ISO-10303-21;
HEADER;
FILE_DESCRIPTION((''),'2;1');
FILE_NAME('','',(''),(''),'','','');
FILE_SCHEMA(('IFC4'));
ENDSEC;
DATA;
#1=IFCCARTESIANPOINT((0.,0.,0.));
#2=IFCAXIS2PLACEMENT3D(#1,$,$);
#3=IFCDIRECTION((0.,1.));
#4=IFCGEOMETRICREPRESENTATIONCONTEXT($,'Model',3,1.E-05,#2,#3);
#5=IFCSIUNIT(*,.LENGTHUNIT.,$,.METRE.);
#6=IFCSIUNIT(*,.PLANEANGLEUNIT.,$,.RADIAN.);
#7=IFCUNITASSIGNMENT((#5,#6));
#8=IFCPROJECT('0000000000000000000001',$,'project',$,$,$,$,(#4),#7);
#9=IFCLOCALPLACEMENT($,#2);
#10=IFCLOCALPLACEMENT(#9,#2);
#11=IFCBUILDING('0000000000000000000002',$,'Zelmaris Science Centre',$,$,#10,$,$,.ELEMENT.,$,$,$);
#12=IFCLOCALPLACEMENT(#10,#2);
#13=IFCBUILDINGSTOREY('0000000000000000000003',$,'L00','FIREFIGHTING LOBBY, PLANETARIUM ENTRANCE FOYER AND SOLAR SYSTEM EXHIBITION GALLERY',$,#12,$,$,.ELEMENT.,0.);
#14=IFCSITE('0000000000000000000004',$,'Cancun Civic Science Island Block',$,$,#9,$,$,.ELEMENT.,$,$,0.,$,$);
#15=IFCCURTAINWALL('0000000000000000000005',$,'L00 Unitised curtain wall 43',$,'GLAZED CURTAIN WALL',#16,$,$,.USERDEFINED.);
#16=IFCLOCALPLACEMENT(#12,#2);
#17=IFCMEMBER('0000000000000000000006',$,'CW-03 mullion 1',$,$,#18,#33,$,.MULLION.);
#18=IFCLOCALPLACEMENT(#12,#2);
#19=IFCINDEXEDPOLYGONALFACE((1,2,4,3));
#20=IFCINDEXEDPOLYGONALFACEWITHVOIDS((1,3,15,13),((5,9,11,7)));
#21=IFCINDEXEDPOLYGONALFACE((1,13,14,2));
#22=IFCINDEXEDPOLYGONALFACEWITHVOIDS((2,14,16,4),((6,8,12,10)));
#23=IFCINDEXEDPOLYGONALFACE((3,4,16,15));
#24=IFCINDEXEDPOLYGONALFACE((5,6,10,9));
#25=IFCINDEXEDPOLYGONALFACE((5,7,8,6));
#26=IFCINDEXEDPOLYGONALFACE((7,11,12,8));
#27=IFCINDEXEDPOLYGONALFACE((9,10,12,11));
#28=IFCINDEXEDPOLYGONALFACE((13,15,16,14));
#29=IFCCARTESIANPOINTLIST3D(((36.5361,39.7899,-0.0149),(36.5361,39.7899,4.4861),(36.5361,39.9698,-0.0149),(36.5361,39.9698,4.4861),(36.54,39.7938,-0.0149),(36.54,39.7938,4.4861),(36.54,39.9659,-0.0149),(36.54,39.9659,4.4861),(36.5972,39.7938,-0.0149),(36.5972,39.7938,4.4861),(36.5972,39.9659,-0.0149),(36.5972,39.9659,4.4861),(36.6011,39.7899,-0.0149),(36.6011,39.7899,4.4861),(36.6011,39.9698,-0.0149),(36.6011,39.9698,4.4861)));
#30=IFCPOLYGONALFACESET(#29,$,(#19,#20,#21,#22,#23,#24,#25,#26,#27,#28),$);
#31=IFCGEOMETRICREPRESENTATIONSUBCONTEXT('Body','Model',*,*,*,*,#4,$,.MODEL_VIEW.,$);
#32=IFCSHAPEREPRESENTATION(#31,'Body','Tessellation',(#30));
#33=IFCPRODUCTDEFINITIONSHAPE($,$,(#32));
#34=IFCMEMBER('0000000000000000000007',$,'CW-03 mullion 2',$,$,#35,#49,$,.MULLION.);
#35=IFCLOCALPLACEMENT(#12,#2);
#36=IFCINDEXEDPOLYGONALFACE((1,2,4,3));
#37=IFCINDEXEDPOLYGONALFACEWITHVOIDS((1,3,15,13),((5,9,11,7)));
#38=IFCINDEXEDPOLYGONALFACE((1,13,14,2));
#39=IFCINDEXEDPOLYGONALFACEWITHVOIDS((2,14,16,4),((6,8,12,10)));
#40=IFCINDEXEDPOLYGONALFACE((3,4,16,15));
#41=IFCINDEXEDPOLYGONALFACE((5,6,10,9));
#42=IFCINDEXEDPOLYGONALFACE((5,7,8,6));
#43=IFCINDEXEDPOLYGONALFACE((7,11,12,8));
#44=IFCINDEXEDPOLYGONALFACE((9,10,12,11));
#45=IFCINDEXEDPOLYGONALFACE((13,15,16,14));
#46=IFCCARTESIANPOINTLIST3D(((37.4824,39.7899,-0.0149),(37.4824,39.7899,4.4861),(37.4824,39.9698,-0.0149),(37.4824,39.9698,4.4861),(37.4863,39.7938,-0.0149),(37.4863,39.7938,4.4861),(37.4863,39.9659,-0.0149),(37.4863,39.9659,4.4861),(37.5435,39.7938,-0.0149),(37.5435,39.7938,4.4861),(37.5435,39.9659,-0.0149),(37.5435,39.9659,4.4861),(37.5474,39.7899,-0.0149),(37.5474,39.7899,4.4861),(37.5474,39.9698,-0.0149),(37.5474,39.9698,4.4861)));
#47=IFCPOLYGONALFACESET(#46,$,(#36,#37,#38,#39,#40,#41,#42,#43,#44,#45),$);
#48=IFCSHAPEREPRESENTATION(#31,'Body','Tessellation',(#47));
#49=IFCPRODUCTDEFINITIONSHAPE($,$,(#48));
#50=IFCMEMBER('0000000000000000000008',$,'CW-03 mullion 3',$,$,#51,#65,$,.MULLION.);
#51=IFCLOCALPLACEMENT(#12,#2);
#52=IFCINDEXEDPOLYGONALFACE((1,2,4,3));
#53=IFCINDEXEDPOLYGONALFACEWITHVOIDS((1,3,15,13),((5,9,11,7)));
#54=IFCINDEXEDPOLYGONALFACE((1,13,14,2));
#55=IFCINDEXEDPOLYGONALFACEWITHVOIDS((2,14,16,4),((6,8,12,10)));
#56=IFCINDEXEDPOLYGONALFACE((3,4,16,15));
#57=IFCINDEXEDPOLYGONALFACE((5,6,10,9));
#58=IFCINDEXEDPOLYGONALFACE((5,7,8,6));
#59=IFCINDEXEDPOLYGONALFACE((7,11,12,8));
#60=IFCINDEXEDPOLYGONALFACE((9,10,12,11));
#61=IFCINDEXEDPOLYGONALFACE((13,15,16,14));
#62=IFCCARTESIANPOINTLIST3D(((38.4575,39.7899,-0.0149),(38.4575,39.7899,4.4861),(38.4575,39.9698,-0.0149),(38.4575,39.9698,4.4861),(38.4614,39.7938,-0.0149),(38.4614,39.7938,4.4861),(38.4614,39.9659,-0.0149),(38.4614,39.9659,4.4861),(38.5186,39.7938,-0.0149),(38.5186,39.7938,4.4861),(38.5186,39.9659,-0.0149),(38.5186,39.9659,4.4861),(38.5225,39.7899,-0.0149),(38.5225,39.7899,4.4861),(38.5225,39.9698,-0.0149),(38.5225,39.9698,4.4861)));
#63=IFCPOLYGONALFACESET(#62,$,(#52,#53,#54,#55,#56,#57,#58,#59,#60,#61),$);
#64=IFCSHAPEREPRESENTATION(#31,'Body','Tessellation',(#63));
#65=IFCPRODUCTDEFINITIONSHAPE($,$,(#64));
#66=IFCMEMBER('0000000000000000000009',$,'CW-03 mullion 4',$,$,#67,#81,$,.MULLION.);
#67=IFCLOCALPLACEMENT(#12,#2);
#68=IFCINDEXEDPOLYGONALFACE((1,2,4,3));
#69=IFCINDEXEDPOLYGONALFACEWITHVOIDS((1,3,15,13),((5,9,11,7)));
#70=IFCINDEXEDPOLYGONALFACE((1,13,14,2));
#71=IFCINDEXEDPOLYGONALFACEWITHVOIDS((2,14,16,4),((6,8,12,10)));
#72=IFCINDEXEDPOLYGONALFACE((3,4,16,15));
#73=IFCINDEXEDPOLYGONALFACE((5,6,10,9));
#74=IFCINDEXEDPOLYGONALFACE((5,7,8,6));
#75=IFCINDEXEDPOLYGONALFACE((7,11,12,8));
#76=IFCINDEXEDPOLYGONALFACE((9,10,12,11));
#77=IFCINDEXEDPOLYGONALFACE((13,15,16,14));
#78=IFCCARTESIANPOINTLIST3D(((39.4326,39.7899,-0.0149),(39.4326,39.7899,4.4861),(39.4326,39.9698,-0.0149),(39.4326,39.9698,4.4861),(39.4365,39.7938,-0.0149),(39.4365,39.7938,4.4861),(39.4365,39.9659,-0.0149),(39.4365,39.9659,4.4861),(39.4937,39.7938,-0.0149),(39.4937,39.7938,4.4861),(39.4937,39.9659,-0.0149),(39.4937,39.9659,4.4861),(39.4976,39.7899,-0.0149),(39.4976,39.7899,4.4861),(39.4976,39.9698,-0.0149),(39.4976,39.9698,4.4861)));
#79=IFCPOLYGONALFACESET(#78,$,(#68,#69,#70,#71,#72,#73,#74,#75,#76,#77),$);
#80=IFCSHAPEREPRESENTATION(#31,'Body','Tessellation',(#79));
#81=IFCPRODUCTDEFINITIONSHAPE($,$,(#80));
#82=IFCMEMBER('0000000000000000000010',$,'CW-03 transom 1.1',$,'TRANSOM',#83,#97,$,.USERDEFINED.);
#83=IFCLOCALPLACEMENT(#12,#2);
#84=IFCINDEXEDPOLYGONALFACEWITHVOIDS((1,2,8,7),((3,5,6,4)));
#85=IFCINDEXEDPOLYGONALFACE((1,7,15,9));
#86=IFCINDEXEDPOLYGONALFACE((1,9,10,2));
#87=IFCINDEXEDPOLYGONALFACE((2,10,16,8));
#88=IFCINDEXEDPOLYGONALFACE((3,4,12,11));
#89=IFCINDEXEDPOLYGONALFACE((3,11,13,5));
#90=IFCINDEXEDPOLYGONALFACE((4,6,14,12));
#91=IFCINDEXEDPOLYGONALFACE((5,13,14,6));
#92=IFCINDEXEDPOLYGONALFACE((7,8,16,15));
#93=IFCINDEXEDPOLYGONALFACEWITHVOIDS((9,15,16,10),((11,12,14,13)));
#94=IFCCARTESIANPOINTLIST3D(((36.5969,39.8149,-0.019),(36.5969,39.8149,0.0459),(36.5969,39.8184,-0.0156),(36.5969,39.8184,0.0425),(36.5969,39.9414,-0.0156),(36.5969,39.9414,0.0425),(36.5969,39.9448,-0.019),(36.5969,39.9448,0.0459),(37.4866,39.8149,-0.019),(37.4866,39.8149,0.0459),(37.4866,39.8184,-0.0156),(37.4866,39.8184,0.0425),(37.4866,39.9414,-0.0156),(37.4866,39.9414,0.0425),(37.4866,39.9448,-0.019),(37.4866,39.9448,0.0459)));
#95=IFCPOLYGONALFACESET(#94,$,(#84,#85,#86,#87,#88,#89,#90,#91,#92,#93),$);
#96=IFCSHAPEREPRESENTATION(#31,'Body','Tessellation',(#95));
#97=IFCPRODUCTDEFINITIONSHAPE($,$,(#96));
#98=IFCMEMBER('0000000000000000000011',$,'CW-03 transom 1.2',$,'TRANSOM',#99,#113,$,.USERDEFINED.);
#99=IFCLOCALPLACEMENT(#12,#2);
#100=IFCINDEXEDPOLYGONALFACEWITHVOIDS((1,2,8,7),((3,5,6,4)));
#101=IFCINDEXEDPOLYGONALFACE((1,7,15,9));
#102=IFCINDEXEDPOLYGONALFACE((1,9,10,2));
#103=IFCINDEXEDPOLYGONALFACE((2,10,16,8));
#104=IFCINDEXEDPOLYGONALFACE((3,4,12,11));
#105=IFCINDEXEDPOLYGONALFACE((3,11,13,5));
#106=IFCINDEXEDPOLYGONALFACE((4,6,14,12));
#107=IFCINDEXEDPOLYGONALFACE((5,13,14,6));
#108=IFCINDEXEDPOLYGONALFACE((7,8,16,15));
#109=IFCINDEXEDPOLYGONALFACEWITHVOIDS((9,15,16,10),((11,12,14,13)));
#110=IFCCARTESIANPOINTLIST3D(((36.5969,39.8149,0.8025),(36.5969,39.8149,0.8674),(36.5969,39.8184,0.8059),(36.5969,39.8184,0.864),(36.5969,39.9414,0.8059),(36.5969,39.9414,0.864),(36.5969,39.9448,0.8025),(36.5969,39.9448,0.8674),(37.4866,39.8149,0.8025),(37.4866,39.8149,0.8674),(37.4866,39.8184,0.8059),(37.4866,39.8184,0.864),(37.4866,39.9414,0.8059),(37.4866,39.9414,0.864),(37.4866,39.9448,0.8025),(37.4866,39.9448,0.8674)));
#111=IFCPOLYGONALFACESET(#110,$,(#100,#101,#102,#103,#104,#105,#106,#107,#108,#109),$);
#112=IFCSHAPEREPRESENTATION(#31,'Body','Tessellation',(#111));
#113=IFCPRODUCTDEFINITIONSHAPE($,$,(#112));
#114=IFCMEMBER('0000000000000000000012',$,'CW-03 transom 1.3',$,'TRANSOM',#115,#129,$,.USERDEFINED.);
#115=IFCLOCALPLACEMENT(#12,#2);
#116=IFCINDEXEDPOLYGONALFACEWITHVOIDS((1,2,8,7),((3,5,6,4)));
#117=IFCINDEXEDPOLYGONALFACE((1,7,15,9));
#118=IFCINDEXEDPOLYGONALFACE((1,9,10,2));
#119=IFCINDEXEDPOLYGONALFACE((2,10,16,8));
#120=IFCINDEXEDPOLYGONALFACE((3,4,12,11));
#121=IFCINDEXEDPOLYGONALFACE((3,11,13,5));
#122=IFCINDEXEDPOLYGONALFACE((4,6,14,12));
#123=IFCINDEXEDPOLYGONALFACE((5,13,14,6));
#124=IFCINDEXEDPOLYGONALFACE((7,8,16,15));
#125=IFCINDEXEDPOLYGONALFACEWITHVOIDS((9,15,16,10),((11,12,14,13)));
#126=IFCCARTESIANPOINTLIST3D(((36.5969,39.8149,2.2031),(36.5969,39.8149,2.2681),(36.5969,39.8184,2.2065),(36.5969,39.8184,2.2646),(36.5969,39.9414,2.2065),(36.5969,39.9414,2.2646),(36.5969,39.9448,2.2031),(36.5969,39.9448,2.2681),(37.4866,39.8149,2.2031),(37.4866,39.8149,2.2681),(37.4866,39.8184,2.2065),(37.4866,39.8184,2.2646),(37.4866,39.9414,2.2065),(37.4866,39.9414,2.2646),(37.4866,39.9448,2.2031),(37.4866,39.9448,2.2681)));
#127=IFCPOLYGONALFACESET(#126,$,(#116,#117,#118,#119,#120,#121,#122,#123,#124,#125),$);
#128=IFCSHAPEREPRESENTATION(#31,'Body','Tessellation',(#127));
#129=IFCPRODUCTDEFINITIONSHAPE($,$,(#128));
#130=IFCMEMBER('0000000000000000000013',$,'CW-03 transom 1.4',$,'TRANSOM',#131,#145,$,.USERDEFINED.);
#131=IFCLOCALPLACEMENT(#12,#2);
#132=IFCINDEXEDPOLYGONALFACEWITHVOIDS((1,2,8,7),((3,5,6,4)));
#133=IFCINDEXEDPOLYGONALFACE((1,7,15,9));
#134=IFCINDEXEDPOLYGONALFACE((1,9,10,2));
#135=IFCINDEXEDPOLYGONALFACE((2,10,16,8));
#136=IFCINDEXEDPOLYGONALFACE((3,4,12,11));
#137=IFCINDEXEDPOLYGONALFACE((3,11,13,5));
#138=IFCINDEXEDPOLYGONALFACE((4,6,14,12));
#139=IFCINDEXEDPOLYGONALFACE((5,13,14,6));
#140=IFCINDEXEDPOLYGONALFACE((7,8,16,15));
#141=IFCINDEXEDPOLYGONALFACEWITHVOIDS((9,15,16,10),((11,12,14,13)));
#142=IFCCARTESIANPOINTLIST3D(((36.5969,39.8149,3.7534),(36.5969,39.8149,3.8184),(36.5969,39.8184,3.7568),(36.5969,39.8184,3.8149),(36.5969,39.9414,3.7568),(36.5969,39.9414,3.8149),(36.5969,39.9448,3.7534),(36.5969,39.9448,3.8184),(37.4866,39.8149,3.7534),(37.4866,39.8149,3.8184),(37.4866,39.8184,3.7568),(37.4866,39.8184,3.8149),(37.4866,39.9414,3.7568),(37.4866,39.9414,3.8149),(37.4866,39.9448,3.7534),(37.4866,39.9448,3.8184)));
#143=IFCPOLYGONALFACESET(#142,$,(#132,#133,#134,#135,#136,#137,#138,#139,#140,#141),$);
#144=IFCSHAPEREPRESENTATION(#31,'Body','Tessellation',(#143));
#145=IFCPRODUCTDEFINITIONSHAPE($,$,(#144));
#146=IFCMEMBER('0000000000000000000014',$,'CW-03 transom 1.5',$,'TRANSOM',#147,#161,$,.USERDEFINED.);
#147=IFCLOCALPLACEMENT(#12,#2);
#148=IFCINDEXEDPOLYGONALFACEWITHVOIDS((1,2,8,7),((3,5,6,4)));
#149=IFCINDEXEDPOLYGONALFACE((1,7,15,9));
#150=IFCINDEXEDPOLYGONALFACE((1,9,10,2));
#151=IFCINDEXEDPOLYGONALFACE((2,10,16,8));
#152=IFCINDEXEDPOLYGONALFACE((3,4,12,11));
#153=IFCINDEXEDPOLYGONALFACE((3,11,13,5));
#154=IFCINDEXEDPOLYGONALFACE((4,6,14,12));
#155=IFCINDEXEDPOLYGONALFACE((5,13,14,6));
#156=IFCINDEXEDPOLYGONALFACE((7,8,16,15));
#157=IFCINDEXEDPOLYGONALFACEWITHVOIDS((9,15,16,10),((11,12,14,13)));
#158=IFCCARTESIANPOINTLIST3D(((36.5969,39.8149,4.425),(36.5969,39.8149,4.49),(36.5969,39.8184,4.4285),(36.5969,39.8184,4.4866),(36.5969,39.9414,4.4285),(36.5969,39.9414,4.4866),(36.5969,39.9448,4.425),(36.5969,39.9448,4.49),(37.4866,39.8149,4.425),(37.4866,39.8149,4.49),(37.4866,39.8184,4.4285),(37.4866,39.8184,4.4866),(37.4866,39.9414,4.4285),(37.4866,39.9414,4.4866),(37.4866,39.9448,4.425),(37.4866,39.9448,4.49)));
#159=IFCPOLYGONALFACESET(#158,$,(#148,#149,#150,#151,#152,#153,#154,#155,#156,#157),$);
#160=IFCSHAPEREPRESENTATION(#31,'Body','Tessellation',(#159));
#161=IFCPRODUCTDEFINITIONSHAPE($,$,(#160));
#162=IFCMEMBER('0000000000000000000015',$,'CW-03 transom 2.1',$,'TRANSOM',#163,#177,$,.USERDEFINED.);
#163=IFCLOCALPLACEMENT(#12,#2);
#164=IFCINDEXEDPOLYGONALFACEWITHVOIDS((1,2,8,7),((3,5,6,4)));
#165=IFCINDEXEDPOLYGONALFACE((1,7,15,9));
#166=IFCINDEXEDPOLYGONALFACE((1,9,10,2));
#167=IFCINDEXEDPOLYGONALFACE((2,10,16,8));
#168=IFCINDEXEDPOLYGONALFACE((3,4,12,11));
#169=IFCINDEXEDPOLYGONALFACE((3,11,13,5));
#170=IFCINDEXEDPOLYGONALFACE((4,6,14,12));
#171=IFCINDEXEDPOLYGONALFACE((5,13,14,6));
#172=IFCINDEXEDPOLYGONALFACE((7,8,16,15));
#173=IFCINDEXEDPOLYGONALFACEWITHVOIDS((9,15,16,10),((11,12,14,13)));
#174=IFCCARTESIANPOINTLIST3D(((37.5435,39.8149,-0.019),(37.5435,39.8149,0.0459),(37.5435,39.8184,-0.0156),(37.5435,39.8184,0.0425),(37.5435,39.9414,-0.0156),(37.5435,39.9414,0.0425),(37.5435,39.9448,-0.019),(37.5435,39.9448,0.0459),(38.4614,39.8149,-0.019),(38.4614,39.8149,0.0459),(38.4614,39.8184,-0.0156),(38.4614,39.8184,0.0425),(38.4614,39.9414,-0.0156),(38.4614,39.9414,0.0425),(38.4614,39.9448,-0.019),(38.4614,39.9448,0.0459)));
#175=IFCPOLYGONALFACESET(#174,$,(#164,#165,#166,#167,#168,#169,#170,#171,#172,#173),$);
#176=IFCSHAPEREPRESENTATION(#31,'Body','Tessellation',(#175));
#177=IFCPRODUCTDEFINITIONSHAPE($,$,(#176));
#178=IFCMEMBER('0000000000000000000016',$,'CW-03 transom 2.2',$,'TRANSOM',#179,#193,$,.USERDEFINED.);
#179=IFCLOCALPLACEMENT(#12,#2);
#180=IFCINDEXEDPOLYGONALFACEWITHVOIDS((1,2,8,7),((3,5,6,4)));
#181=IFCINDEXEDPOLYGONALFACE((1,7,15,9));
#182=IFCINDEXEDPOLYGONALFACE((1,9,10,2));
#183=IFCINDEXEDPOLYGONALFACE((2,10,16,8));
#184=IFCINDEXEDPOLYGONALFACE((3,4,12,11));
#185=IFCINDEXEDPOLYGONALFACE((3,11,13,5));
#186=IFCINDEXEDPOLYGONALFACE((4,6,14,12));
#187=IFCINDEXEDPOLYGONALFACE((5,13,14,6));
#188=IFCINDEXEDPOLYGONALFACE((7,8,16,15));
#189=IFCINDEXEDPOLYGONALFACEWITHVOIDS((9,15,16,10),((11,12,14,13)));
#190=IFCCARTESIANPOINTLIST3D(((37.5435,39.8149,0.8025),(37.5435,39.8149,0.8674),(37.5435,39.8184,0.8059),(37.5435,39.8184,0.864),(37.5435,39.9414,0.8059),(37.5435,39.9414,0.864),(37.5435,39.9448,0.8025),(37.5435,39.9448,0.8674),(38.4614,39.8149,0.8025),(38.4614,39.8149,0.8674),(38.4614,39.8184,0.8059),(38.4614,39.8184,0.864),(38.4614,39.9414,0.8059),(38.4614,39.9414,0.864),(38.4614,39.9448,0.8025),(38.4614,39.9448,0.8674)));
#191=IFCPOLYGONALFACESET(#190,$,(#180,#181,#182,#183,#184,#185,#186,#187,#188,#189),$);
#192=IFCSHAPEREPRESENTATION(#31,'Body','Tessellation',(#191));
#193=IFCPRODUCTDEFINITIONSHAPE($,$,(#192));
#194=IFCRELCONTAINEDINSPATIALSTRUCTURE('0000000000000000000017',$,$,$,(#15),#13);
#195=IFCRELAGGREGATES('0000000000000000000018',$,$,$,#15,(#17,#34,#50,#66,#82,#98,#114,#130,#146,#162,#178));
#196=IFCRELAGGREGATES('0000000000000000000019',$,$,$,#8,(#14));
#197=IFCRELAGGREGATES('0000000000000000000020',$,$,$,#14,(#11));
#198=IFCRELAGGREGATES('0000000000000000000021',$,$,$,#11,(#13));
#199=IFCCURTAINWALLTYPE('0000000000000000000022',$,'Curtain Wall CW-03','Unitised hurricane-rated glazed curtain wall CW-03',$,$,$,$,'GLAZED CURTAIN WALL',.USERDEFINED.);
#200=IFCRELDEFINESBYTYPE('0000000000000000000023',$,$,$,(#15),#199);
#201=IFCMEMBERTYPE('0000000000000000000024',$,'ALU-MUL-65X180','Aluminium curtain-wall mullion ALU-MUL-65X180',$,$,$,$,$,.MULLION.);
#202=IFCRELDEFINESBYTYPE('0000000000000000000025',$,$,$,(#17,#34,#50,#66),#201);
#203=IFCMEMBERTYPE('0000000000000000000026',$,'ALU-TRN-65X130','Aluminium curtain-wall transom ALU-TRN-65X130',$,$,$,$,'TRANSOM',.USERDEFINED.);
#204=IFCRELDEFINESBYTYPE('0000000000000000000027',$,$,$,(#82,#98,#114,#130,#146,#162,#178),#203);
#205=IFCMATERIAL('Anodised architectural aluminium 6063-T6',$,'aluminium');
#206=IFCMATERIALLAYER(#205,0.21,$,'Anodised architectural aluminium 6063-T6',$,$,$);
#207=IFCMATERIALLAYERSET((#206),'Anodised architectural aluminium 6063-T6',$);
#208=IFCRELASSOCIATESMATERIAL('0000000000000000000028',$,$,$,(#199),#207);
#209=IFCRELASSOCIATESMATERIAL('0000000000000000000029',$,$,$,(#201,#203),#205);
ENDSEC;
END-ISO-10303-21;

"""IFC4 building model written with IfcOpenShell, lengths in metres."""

from ifc_helpers import new_model, si_unit, direction, frame, origin, origin_2d, place, context, subcontext, project, spatial, hollow_rectangle, extrude, material, layer, layer_set, material_profile, profile_set, type_object, element, aggregate, save


model = new_model("IFC4")

# Units and contexts
model_context = context("Model", 3, precision=1e-05, world=origin(), true_north=direction((0.0, 1.0)))
body_context = subcontext(model_context, "Body", "Model", "MODEL_VIEW")
ifc_project = project(units=[si_unit("LENGTHUNIT", "METRE"), si_unit("PLANEANGLEUNIT", "RADIAN")], contexts=[model_context])

# Site, building, storey
site_placement = place(None, origin())
site = spatial("IfcSite", under=ifc_project, at=site_placement, Name="Cancun Civic Science Island Block", CompositionType="ELEMENT", RefElevation=0.0)
building_placement = place(site_placement, origin())
building = spatial("IfcBuilding", under=site, at=building_placement, Name="Zelmaris Science Centre", CompositionType="ELEMENT")
storey_placement = place(building_placement, origin())
storey = spatial("IfcBuildingStorey", under=building, at=storey_placement, Name="L00", Description="FIREFIGHTING LOBBY, PLANETARIUM ENTRANCE FOYER AND SOLAR SYSTEM EXHIBITION GALLERY", CompositionType="ELEMENT", Elevation=0.0)

# Curtain wall, members
ifc_material_1 = material(Name="Anodised architectural aluminium 6063-T6", Category="aluminium")
ifc_layer_1 = layer(ifc_material_1, 0.21, Name="Anodised architectural aluminium 6063-T6")
ifc_layer_set_1 = layer_set([ifc_layer_1], Name="Anodised architectural aluminium 6063-T6")
curtain_wall_type = type_object("IfcCurtainWallType", Name="Curtain Wall CW-03", Description="Unitised hurricane-rated glazed curtain wall CW-03", ElementType="GLAZED CURTAIN WALL", PredefinedType="USERDEFINED", material=ifc_layer_set_1)
curtain_wall_placement = place(storey_placement, origin())
curtain_wall = element("IfcCurtainWall", 1, at=curtain_wall_placement, inside=storey, type_object=curtain_wall_type, Name="L00 Unitised curtain wall 43", ObjectType="GLAZED CURTAIN WALL", PredefinedType="USERDEFINED")
ifc_material_profile_1 = material_profile(ifc_material_1, hollow_rectangle(XDim=0.0649, YDim=0.1799, WallThickness=0.0039, at=origin_2d()), Name="ALU-MUL-65X180")
ifc_profile_set_1 = profile_set([ifc_material_profile_1], Name="Anodised architectural aluminium 6063-T6")
member_type_1 = type_object("IfcMemberType", Name="ALU-MUL-65X180", Description="Aluminium curtain-wall mullion ALU-MUL-65X180", PredefinedType="MULLION", material=ifc_profile_set_1)
member_1_placement = place(storey_placement, frame((36.5686, 39.8799, -0.0149), z_axis=(0.0, 0.0, 1.0), x_axis=(1.0, -0.000003, 0.0)))
member_1 = element("IfcMember", 2, at=member_1_placement, type_object=member_type_1, Name="CW-03 mullion 1", PredefinedType="MULLION", context=body_context, shape_type="SweptSolid", body=[
    extrude(hollow_rectangle(XDim=0.0649, YDim=0.1799, WallThickness=0.0039, at=origin_2d()), origin(), (0.0, 0.0, 1.0), 4.501),
])
member_2_placement = place(storey_placement, frame((37.5149, 39.8799, -0.0149), z_axis=(0.0, 0.0, 1.0), x_axis=(1.0, -0.000003, 0.0)))
member_2 = element("IfcMember", 3, at=member_2_placement, type_object=member_type_1, Name="CW-03 mullion 2", PredefinedType="MULLION", context=body_context, shape_type="SweptSolid", body=[
    extrude(hollow_rectangle(XDim=0.0649, YDim=0.1799, WallThickness=0.0039, at=origin_2d()), origin(), (0.0, 0.0, 1.0), 4.501),
])
member_3_placement = place(storey_placement, frame((38.49, 39.8799, -0.0149), z_axis=(0.0, 0.0, 1.0), x_axis=(1.0, -0.000003, 0.0)))
member_3 = element("IfcMember", 4, at=member_3_placement, type_object=member_type_1, Name="CW-03 mullion 3", PredefinedType="MULLION", context=body_context, shape_type="SweptSolid", body=[
    extrude(hollow_rectangle(XDim=0.0649, YDim=0.1799, WallThickness=0.0039, at=origin_2d()), origin(), (0.0, 0.0, 1.0), 4.501),
])
member_4_placement = place(storey_placement, frame((39.4651, 39.8799, -0.0149), z_axis=(0.0, 0.0, 1.0), x_axis=(1.0, -0.000003, 0.0)))
member_4 = element("IfcMember", 5, at=member_4_placement, type_object=member_type_1, Name="CW-03 mullion 4", PredefinedType="MULLION", context=body_context, shape_type="SweptSolid", body=[
    extrude(hollow_rectangle(XDim=0.0649, YDim=0.1799, WallThickness=0.0039, at=origin_2d()), origin(), (0.0, 0.0, 1.0), 4.501),
])
ifc_material_profile_2 = material_profile(ifc_material_1, hollow_rectangle(XDim=0.0649, YDim=0.1299, WallThickness=0.0034, at=origin_2d()), Name="ALU-TRN-65X130")
ifc_profile_set_2 = profile_set([ifc_material_profile_2], Name="Anodised architectural aluminium 6063-T6")
member_type_2 = type_object("IfcMemberType", Name="ALU-TRN-65X130", Description="Aluminium curtain-wall transom ALU-TRN-65X130", ElementType="TRANSOM", PredefinedType="USERDEFINED", material=ifc_profile_set_2)
member_5_placement = place(storey_placement, frame((36.5969, 39.8799, 0.0134), z_axis=(1.0, 0.0, 0.0), x_axis=(0.0, 0.0, 1.0)))
member_5 = element("IfcMember", 6, at=member_5_placement, type_object=member_type_2, Name="CW-03 transom 1.1", ObjectType="TRANSOM", PredefinedType="USERDEFINED", context=body_context, shape_type="SweptSolid", body=[
    extrude(hollow_rectangle(XDim=0.0649, YDim=0.1299, WallThickness=0.0034, at=origin_2d()), origin(), (0.0, 0.0, 1.0), 0.8896),
])
member_6_placement = place(storey_placement, frame((36.5969, 39.8799, 0.835), z_axis=(1.0, 0.0, 0.0), x_axis=(0.0, 0.0, 1.0)))
member_6 = element("IfcMember", 7, at=member_6_placement, type_object=member_type_2, Name="CW-03 transom 1.2", ObjectType="TRANSOM", PredefinedType="USERDEFINED", context=body_context, shape_type="SweptSolid", body=[
    extrude(hollow_rectangle(XDim=0.0649, YDim=0.1299, WallThickness=0.0034, at=origin_2d()), origin(), (0.0, 0.0, 1.0), 0.8896),
])
member_7_placement = place(storey_placement, frame((36.5969, 39.8799, 2.2356), z_axis=(1.0, 0.0, 0.0), x_axis=(0.0, 0.0, 1.0)))
member_7 = element("IfcMember", 8, at=member_7_placement, type_object=member_type_2, Name="CW-03 transom 1.3", ObjectType="TRANSOM", PredefinedType="USERDEFINED", context=body_context, shape_type="SweptSolid", body=[
    extrude(hollow_rectangle(XDim=0.0649, YDim=0.1299, WallThickness=0.0034, at=origin_2d()), origin(), (0.0, 0.0, 1.0), 0.8896),
])
member_8_placement = place(storey_placement, frame((36.5969, 39.8799, 3.7859), z_axis=(1.0, 0.0, 0.0), x_axis=(0.0, 0.0, 1.0)))
member_8 = element("IfcMember", 9, at=member_8_placement, type_object=member_type_2, Name="CW-03 transom 1.4", ObjectType="TRANSOM", PredefinedType="USERDEFINED", context=body_context, shape_type="SweptSolid", body=[
    extrude(hollow_rectangle(XDim=0.0649, YDim=0.1299, WallThickness=0.0034, at=origin_2d()), origin(), (0.0, 0.0, 1.0), 0.8896),
])
member_9_placement = place(storey_placement, frame((36.5969, 39.8799, 4.4575), z_axis=(1.0, 0.0, 0.0), x_axis=(0.0, 0.0, 1.0)))
member_9 = element("IfcMember", 10, at=member_9_placement, type_object=member_type_2, Name="CW-03 transom 1.5", ObjectType="TRANSOM", PredefinedType="USERDEFINED", context=body_context, shape_type="SweptSolid", body=[
    extrude(hollow_rectangle(XDim=0.0649, YDim=0.1299, WallThickness=0.0034, at=origin_2d()), origin(), (0.0, 0.0, 1.0), 0.8896),
])
member_10_placement = place(storey_placement, frame((37.5435, 39.8799, 0.0134), z_axis=(1.0, 0.0, 0.0), x_axis=(0.0, 0.0, 1.0)))
member_10 = element("IfcMember", 11, at=member_10_placement, type_object=member_type_2, Name="CW-03 transom 2.1", ObjectType="TRANSOM", PredefinedType="USERDEFINED", context=body_context, shape_type="SweptSolid", body=[
    extrude(hollow_rectangle(XDim=0.0649, YDim=0.1299, WallThickness=0.0034, at=origin_2d()), origin(), (0.0, 0.0, 1.0), 0.918),
])
member_11_placement = place(storey_placement, frame((37.5435, 39.8799, 0.835), z_axis=(1.0, 0.0, 0.0), x_axis=(0.0, 0.0, 1.0)))
member_11 = element("IfcMember", 12, at=member_11_placement, type_object=member_type_2, Name="CW-03 transom 2.2", ObjectType="TRANSOM", PredefinedType="USERDEFINED", context=body_context, shape_type="SweptSolid", body=[
    extrude(hollow_rectangle(XDim=0.0649, YDim=0.1299, WallThickness=0.0034, at=origin_2d()), origin(), (0.0, 0.0, 1.0), 0.918),
])

aggregate(curtain_wall, [member_1, member_2, member_3, member_4, member_5, member_6, member_7, member_8, member_9, member_10, member_11])

save(model, "model.ifc")
